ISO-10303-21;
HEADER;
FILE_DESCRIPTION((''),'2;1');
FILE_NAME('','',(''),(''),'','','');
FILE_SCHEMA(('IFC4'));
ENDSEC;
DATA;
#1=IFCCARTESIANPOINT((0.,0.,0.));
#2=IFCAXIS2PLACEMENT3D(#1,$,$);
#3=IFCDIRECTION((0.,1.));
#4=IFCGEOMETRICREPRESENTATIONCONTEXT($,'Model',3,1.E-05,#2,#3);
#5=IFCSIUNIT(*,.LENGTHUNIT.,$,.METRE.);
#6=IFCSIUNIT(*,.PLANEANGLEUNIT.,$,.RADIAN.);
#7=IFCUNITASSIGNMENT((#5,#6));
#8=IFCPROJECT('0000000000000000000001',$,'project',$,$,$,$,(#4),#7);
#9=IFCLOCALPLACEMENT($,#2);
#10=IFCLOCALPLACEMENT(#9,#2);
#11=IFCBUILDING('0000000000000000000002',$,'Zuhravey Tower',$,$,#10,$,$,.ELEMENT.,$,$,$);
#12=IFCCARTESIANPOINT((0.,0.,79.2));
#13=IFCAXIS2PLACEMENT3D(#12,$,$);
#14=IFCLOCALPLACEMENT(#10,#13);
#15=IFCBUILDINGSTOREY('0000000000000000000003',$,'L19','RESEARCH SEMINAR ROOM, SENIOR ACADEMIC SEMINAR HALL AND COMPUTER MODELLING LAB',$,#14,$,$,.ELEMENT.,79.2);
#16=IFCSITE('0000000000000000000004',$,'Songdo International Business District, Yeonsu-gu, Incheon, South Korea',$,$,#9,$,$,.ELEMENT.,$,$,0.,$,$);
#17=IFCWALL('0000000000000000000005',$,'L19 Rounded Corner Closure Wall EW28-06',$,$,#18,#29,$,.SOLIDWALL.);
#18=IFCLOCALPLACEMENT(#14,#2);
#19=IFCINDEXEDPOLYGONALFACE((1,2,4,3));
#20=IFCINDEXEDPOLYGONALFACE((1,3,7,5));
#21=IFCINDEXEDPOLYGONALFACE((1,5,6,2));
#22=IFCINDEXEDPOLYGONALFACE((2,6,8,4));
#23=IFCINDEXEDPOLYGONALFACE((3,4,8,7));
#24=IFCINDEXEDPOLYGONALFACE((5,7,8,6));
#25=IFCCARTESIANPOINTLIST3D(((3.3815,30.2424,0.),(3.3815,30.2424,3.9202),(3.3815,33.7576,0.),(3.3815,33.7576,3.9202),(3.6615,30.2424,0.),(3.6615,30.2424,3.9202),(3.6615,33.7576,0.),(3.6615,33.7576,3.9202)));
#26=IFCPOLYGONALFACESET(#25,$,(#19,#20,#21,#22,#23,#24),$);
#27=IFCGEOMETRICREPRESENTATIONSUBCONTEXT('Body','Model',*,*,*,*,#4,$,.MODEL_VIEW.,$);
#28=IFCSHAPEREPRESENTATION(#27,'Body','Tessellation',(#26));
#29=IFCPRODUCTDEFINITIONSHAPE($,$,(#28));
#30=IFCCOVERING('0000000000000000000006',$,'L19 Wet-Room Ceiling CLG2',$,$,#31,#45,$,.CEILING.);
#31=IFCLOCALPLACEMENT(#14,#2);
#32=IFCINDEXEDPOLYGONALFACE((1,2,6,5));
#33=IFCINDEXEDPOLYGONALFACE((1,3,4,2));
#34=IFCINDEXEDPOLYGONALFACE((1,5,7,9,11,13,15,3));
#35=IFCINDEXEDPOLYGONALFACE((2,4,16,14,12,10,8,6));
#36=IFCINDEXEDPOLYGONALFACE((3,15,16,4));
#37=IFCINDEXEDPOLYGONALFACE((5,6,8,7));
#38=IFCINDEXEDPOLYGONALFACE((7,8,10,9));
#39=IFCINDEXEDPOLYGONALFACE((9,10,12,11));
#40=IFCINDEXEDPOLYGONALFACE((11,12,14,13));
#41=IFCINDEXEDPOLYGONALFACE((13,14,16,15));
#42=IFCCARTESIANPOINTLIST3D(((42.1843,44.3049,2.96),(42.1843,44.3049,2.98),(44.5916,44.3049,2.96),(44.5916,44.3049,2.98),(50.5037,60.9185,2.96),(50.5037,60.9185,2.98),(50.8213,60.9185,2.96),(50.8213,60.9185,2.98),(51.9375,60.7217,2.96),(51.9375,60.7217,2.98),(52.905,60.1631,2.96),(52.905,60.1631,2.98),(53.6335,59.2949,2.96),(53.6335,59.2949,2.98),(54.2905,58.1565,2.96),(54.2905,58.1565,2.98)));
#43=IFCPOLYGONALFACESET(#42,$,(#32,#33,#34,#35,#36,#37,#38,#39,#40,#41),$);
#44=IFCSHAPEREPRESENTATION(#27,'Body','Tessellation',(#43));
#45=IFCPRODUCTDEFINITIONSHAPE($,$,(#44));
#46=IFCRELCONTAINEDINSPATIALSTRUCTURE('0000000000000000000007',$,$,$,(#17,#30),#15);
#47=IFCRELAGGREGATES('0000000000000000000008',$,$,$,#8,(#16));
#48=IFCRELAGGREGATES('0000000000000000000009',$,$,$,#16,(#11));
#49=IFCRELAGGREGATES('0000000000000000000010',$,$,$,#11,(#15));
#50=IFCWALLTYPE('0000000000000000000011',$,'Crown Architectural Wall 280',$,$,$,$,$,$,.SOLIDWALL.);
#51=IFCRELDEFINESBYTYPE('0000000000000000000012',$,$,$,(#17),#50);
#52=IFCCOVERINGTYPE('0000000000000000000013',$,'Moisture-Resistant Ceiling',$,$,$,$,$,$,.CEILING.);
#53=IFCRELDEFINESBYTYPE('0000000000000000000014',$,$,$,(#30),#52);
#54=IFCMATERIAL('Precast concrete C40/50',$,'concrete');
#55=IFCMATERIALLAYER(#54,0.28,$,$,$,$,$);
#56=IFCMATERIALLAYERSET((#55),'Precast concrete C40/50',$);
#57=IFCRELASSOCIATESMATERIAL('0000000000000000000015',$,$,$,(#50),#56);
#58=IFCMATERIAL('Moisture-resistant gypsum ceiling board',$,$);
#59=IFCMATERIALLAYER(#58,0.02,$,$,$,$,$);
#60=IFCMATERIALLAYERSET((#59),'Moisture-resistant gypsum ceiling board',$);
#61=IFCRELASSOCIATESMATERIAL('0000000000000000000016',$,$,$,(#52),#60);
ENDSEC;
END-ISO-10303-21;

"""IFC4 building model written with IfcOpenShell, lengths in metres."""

from ifc_helpers import new_model, si_unit, direction, frame, frame_2d, origin, place, context, subcontext, project, spatial, polyline, rectangle, outline, extrude, material, layer, layer_set, type_object, element, save


model = new_model("IFC4")

# Units and contexts
model_context = context("Model", 3, precision=1e-05, world=origin(), true_north=direction((0.0, 1.0)))
body_context = subcontext(model_context, "Body", "Model", "MODEL_VIEW")
ifc_project = project(units=[si_unit("LENGTHUNIT", "METRE"), si_unit("PLANEANGLEUNIT", "RADIAN")], contexts=[model_context])

# Site, building, storey
site_placement = place(None, origin())
site = spatial("IfcSite", under=ifc_project, at=site_placement, Name="Songdo International Business District, Yeonsu-gu, Incheon, South Korea", CompositionType="ELEMENT", RefElevation=0.0)
building_placement = place(site_placement, origin())
building = spatial("IfcBuilding", under=site, at=building_placement, Name="Zuhravey Tower", CompositionType="ELEMENT")
storey_placement = place(building_placement, frame((0.0, 0.0, 79.2)))
storey = spatial("IfcBuildingStorey", under=building, at=storey_placement, Name="L19", Description="RESEARCH SEMINAR ROOM, SENIOR ACADEMIC SEMINAR HALL AND COMPUTER MODELLING LAB", CompositionType="ELEMENT", Elevation=79.2)

# Wall
ifc_material_1 = material(Name="Precast concrete C40/50", Category="concrete")
ifc_layer_1 = layer(ifc_material_1, 0.28)
ifc_layer_set_1 = layer_set([ifc_layer_1], Name="Precast concrete C40/50")
wall_type = type_object("IfcWallType", Name="Crown Architectural Wall 280", PredefinedType="SOLIDWALL", material=ifc_layer_set_1)
wall_1_placement = place(storey_placement, frame((3.5215, 30.2424, 0.0), z_axis=(0.0, 0.0, 1.0), x_axis=(0.0, 1.0, 0.0)))
element("IfcWall", 1, at=wall_1_placement, inside=storey, type_object=wall_type, Name="L19 Rounded Corner Closure Wall EW28-06", PredefinedType="SOLIDWALL", context=body_context, shape_type="SweptSolid", body=[
    extrude(rectangle(XDim=3.5151, YDim=0.28, at=frame_2d((1.7576, 0.0))), origin(), (0.0, 0.0, 1.0), 3.9202),
])

# Covering
ifc_material_2 = material(Name="Moisture-resistant gypsum ceiling board")
ifc_layer_2 = layer(ifc_material_2, 0.02)
ifc_layer_set_2 = layer_set([ifc_layer_2], Name="Moisture-resistant gypsum ceiling board")
covering_type = type_object("IfcCoveringType", Name="Moisture-Resistant Ceiling", PredefinedType="CEILING", material=ifc_layer_set_2)
covering_placement = place(storey_placement, frame((0.0, 0.0, 2.96)))
element("IfcCovering", 2, at=covering_placement, inside=storey, type_object=covering_type, Name="L19 Wet-Room Ceiling CLG2", PredefinedType="CEILING", context=body_context, shape_type="SweptSolid", body=[
    extrude(outline(polyline([(51.9375, 60.7217), (52.905, 60.1631), (53.6335, 59.2949), (54.2905, 58.1565), (44.5916, 44.3049), (42.1843, 44.3049), (50.5037, 60.9185), (50.8213, 60.9185), (51.9375, 60.7217)])), origin(), (0.0, 0.0, 1.0), 0.02),
])

save(model, "model.ifc")
